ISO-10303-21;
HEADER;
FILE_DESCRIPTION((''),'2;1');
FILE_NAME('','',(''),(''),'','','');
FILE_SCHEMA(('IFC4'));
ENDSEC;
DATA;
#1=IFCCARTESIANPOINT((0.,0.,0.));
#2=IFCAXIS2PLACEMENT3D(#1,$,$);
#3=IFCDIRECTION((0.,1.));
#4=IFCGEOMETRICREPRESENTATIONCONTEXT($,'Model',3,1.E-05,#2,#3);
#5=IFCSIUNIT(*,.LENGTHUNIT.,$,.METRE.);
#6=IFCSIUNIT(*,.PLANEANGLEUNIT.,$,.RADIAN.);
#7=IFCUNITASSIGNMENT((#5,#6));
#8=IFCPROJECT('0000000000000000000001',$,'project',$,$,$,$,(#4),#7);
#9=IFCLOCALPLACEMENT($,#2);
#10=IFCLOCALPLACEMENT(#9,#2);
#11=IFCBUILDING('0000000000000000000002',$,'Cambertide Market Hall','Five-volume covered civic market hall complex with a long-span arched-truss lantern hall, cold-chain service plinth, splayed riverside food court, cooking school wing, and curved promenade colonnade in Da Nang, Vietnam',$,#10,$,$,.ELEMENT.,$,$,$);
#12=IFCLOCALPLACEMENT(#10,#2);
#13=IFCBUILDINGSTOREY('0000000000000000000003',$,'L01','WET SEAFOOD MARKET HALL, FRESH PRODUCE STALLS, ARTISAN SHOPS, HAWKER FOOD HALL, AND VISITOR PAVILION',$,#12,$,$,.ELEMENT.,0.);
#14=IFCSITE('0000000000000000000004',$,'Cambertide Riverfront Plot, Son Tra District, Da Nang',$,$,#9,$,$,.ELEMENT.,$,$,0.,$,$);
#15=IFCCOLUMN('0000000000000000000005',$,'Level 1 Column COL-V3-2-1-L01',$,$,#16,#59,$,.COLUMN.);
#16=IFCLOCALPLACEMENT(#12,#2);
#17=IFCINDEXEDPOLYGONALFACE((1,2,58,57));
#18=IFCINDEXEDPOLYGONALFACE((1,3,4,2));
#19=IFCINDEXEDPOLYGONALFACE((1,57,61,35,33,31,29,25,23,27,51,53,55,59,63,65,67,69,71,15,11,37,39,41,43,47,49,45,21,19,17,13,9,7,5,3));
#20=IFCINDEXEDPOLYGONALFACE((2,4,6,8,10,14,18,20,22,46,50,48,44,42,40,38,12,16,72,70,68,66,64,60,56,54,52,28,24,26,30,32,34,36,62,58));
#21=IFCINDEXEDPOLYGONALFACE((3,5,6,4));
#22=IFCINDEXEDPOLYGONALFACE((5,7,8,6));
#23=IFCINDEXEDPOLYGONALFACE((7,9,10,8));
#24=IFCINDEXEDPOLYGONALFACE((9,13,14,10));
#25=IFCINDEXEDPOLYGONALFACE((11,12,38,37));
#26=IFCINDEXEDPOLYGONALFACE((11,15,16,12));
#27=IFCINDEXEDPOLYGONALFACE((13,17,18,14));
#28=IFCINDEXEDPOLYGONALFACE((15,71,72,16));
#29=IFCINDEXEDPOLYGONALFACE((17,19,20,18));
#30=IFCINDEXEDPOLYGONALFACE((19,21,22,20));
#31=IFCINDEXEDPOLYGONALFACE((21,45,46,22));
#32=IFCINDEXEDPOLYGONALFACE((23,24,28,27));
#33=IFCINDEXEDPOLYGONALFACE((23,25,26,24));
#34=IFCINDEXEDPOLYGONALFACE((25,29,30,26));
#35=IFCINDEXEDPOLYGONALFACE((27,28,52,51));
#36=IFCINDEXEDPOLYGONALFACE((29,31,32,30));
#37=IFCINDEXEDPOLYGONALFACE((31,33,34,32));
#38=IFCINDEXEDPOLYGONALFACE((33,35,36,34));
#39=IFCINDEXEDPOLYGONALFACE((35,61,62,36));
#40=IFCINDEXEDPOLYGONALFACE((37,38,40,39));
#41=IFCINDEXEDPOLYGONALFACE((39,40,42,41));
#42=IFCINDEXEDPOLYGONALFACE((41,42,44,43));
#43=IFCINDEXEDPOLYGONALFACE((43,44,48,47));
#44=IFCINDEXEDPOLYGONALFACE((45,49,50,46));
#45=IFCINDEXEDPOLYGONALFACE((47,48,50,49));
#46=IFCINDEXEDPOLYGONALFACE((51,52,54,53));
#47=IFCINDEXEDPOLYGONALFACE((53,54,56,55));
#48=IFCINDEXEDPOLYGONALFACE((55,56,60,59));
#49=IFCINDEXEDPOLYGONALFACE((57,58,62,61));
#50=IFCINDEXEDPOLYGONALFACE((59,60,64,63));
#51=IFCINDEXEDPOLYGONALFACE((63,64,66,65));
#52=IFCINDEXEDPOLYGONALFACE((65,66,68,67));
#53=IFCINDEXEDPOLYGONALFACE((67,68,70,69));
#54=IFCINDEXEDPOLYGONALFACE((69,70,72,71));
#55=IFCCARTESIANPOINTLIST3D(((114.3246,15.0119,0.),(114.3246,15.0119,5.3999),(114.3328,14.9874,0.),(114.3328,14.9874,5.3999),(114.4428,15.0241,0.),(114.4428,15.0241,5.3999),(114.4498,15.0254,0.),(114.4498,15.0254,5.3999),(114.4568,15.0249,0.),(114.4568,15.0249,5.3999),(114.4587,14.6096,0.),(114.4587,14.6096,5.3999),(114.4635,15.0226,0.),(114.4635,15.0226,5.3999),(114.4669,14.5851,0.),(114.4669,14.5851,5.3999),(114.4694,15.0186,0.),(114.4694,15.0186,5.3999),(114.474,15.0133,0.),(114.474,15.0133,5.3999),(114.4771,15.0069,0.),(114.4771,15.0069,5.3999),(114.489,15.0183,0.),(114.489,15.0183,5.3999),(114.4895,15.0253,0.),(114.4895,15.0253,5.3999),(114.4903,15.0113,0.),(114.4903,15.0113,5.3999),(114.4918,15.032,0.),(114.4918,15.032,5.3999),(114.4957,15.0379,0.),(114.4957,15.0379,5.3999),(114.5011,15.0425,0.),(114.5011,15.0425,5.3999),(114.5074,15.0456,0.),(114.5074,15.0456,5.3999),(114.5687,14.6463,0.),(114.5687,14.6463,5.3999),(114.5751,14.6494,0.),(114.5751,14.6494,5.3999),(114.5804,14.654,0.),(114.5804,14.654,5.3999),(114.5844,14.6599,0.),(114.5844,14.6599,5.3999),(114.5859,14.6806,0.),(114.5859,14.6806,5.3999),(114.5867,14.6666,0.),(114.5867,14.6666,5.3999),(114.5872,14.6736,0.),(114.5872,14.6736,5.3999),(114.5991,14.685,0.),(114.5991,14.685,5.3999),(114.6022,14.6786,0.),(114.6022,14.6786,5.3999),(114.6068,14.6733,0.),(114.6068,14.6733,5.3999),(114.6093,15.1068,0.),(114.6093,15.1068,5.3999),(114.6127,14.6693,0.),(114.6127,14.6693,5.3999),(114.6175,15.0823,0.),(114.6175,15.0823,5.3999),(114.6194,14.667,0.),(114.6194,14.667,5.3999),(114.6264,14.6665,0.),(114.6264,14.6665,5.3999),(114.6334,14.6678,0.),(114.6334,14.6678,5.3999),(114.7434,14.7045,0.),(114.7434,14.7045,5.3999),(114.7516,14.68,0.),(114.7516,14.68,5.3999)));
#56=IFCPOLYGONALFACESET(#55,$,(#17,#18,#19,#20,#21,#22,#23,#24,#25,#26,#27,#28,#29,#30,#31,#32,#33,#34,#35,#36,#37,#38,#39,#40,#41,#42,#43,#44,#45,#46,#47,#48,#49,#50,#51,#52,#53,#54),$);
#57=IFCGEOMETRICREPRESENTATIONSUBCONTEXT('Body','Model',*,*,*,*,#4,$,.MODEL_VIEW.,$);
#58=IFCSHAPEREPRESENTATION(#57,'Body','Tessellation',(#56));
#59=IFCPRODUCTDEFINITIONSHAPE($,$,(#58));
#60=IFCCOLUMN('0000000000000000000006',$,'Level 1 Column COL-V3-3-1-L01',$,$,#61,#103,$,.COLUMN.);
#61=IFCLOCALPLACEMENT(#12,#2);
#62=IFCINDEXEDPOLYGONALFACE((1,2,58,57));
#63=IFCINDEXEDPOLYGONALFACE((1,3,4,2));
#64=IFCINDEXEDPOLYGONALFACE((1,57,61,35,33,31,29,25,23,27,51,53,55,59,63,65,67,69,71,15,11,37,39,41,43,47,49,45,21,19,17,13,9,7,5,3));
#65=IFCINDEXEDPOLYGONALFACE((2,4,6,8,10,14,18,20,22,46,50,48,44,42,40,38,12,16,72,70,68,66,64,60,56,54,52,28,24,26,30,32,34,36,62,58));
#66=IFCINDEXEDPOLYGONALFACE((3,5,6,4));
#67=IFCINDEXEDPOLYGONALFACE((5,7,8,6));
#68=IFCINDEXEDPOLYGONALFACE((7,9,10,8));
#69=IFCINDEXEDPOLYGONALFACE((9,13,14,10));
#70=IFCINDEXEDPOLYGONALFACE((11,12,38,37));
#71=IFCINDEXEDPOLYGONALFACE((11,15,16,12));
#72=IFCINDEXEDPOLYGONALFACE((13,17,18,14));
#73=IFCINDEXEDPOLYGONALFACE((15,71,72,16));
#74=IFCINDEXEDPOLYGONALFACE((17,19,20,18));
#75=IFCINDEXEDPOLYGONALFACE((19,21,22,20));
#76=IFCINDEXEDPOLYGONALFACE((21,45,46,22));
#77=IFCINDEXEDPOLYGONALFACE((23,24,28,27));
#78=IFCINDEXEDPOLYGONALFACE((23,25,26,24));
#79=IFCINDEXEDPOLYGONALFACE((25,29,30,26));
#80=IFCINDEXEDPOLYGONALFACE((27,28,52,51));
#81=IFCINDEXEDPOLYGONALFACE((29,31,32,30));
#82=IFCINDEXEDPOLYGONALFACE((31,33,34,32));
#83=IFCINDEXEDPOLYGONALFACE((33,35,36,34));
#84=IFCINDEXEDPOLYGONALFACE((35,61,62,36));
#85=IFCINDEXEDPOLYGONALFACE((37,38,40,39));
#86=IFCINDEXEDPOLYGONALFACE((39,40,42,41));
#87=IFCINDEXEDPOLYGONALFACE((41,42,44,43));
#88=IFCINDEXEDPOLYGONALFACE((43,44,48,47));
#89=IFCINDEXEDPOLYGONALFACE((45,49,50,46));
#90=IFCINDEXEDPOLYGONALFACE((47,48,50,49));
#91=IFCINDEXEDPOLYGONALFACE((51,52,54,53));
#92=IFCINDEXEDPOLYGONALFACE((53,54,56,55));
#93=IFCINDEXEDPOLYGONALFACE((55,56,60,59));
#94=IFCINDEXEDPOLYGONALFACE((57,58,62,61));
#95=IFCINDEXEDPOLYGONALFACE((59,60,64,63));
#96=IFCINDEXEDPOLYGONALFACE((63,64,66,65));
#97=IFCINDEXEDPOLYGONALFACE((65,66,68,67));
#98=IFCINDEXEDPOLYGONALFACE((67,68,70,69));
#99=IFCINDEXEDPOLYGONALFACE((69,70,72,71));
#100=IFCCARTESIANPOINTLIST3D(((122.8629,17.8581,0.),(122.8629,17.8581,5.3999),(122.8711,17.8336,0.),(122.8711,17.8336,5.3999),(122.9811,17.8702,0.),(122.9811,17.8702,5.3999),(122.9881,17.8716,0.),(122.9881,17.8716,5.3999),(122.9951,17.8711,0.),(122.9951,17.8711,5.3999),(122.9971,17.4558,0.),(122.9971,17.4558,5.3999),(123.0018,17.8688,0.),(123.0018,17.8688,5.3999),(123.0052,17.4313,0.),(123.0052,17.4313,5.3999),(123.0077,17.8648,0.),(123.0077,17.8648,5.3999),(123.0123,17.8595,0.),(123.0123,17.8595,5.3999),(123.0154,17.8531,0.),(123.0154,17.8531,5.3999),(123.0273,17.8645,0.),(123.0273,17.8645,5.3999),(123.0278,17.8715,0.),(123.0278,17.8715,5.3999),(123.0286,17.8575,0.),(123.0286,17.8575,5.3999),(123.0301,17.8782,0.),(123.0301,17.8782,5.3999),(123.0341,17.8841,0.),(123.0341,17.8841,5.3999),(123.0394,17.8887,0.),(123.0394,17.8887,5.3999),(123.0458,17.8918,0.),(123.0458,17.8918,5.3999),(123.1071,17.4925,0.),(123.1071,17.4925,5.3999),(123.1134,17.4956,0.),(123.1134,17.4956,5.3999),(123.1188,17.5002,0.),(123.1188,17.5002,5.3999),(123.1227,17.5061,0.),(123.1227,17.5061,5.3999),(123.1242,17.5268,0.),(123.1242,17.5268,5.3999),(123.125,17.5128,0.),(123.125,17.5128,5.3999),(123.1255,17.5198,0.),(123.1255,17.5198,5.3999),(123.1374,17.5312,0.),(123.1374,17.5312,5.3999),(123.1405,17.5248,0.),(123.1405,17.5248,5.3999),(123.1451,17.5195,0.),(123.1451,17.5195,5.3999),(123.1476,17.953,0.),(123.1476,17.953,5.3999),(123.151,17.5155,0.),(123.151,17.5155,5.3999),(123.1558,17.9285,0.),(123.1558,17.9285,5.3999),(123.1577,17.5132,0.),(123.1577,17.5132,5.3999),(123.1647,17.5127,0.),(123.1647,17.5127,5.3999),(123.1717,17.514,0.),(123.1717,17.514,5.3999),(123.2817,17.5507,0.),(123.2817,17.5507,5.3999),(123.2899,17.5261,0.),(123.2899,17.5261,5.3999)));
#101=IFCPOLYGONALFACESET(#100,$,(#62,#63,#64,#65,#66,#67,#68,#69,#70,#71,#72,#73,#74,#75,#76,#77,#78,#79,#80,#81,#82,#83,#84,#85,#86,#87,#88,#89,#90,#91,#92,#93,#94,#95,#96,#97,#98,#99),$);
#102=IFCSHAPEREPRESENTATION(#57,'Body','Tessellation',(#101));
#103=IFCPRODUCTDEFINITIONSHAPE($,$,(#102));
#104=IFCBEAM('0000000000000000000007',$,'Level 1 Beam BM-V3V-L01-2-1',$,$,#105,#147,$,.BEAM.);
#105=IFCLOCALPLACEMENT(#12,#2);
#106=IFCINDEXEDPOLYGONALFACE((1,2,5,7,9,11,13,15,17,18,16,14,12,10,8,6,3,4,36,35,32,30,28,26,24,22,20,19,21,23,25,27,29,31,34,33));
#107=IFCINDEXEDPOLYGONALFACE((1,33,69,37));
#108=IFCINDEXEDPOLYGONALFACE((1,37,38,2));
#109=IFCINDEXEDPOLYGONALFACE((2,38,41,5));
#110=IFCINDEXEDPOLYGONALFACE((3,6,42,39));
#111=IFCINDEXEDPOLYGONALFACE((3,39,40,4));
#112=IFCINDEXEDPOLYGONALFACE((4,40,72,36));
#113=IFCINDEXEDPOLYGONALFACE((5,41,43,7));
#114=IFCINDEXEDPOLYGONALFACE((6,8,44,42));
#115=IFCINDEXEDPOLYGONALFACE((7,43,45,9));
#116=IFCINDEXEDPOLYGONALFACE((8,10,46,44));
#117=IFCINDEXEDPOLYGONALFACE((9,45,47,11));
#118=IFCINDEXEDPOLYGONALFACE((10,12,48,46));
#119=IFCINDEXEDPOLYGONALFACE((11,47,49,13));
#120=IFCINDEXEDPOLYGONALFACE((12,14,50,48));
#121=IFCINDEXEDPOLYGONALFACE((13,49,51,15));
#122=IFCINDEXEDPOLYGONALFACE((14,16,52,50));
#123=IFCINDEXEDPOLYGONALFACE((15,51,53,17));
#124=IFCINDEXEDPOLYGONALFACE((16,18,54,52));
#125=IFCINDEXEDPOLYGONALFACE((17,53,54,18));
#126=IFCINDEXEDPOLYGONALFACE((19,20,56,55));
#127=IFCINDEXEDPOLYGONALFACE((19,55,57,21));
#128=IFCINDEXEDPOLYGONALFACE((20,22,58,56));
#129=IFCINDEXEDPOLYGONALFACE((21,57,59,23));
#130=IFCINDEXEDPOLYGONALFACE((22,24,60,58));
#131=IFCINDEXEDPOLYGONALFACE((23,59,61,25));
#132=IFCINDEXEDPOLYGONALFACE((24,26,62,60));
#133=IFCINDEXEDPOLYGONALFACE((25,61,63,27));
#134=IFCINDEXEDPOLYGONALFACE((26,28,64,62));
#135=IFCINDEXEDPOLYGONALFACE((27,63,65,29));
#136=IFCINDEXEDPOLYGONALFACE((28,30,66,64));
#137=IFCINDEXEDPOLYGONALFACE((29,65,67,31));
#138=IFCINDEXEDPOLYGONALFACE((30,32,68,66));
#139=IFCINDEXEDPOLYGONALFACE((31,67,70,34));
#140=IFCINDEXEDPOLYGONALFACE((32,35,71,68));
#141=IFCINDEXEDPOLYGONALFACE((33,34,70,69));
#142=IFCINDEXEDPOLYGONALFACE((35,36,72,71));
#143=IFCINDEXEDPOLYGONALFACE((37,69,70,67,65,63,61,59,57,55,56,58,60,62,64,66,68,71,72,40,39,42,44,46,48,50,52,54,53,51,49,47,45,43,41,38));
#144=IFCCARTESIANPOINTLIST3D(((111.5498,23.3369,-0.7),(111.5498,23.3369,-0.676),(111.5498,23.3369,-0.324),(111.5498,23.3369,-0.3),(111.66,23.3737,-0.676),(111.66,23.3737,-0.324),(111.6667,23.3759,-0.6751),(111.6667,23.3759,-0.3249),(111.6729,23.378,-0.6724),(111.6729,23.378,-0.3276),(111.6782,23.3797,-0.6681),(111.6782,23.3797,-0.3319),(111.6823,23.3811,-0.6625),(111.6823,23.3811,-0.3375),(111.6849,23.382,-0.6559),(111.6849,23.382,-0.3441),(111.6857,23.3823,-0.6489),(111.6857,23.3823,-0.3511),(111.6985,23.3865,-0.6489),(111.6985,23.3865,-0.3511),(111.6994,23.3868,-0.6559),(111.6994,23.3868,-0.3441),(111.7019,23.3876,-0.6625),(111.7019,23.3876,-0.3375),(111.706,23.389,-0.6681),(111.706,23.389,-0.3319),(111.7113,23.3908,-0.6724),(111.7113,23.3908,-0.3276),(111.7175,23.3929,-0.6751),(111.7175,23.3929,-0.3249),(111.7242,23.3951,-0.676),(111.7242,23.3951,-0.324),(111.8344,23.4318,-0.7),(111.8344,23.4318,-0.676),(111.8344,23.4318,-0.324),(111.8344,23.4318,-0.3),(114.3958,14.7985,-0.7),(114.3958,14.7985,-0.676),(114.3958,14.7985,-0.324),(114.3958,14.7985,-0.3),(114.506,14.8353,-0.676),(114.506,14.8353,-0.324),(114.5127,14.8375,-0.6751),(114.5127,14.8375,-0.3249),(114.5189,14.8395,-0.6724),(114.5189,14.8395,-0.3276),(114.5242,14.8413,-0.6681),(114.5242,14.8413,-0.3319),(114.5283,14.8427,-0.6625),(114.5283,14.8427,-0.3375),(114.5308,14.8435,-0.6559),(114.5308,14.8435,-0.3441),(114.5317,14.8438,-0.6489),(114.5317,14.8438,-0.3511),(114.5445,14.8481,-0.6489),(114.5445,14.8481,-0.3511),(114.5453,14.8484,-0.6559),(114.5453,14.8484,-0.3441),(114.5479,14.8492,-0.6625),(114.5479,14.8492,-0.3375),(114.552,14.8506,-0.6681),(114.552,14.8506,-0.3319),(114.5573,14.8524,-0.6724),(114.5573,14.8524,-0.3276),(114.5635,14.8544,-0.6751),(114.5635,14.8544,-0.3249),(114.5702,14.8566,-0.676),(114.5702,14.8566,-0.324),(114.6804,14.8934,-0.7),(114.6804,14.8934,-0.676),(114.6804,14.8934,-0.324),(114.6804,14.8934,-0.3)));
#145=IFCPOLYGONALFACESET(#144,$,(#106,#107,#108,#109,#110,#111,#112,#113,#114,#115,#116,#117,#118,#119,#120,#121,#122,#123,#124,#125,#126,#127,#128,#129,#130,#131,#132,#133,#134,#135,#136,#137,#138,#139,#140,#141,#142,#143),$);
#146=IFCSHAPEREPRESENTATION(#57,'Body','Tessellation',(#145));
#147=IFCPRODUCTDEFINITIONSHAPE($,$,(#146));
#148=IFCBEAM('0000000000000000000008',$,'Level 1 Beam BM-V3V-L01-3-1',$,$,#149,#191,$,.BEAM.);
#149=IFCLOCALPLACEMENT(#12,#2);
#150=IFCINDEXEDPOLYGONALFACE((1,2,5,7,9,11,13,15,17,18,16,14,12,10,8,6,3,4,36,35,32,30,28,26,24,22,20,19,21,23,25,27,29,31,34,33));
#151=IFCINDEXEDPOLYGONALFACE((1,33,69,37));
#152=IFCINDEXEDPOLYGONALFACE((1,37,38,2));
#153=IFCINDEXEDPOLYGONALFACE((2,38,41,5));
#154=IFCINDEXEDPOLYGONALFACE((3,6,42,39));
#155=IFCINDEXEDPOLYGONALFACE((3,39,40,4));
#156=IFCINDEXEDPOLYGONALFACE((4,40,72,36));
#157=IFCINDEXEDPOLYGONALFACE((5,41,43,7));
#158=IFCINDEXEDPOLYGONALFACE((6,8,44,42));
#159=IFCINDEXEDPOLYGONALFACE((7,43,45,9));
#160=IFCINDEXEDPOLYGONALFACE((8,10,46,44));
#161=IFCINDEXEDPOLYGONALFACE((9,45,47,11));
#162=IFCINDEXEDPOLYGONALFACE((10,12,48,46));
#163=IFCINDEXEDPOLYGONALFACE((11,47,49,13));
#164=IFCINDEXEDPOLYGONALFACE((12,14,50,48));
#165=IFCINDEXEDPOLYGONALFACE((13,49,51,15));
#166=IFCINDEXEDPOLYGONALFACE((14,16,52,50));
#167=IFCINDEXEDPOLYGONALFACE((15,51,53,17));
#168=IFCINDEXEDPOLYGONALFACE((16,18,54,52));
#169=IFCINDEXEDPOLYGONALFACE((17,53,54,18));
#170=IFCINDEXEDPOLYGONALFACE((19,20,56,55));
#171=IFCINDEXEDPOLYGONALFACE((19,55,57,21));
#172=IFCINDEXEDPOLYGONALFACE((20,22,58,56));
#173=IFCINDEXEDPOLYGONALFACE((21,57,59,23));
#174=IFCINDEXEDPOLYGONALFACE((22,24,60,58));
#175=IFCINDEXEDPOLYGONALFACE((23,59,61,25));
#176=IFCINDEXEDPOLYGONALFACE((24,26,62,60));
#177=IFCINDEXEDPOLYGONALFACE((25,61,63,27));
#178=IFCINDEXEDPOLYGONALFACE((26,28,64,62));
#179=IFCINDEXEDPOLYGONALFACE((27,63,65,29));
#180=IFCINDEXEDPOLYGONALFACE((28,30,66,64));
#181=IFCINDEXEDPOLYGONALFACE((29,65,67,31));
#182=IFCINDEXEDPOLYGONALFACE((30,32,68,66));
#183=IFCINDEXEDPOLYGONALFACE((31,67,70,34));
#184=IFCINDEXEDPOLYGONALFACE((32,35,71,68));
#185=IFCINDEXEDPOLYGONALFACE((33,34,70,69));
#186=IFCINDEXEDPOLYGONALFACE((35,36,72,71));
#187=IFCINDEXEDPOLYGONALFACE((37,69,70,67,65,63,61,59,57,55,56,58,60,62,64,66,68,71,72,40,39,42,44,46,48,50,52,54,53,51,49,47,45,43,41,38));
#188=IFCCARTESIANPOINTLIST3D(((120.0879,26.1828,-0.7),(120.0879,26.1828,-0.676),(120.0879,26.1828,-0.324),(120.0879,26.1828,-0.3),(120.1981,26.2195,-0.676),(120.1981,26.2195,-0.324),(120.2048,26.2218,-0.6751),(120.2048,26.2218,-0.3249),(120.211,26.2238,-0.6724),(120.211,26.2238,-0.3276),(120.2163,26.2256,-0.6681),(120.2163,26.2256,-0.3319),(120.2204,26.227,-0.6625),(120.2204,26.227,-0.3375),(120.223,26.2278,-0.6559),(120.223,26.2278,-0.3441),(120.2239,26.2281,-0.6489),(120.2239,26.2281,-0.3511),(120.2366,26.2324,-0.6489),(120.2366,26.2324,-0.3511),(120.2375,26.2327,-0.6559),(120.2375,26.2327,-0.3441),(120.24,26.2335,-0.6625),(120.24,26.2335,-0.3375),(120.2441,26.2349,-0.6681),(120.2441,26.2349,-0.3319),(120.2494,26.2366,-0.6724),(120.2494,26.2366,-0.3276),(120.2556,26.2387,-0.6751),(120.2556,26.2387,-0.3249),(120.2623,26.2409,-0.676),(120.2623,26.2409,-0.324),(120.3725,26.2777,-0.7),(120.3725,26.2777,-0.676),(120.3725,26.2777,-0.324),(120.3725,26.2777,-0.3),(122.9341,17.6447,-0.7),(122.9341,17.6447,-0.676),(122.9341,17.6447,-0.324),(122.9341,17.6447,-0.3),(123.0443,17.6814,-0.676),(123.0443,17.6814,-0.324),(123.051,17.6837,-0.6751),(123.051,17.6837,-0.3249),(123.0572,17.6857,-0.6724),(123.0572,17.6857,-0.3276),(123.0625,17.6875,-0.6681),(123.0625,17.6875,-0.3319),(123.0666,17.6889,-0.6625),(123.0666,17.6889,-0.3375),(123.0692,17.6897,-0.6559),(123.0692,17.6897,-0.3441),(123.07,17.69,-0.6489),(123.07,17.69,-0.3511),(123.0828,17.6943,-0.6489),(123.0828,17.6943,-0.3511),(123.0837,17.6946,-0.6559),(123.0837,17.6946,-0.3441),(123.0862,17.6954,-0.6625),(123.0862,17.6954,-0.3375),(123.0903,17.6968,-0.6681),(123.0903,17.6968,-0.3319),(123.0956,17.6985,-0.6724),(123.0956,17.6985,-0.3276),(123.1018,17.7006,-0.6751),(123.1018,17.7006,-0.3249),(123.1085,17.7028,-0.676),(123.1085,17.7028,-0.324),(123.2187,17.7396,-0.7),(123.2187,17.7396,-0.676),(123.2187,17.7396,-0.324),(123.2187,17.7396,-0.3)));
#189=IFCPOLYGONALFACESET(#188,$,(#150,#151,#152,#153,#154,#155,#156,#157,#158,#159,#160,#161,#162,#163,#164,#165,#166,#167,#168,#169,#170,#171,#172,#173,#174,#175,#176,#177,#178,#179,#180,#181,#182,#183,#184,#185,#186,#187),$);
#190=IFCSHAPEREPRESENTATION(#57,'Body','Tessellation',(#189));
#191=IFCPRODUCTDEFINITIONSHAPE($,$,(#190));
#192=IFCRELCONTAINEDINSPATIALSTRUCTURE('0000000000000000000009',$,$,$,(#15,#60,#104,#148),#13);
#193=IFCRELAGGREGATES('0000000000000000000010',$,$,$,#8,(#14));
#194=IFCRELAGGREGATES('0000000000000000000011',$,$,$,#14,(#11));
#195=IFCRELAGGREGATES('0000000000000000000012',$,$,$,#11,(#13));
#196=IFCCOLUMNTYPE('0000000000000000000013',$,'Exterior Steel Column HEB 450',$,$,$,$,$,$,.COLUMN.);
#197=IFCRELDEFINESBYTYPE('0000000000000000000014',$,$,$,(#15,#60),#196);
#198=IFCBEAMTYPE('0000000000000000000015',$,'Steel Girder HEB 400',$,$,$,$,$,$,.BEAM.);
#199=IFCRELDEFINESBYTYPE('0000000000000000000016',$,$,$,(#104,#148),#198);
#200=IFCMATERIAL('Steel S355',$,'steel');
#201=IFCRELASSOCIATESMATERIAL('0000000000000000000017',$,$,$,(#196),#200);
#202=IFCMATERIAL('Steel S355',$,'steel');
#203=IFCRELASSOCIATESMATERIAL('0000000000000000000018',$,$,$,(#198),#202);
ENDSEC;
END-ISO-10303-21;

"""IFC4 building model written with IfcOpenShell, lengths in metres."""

from ifc_helpers import new_model, si_unit, direction, frame, origin, origin_2d, place, context, subcontext, project, spatial, i_section, extrude, material, material_profile, profile_set, type_object, element, save


model = new_model("IFC4")

# Units and contexts
model_context = context("Model", 3, precision=1e-05, world=origin(), true_north=direction((0.0, 1.0)))
body_context = subcontext(model_context, "Body", "Model", "MODEL_VIEW")
ifc_project = project(units=[si_unit("LENGTHUNIT", "METRE"), si_unit("PLANEANGLEUNIT", "RADIAN")], contexts=[model_context])

# Site, building, storey
site_placement = place(None, origin())
site = spatial("IfcSite", under=ifc_project, at=site_placement, Name="Cambertide Riverfront Plot, Son Tra District, Da Nang", CompositionType="ELEMENT", RefElevation=0.0)
building_placement = place(site_placement, origin())
building = spatial("IfcBuilding", under=site, at=building_placement, Name="Cambertide Market Hall", Description="Five-volume covered civic market hall complex with a long-span arched-truss lantern hall, cold-chain service plinth, splayed riverside food court, cooking school wing, and curved promenade colonnade in Da Nang, Vietnam", CompositionType="ELEMENT")
storey_placement = place(building_placement, origin())
storey = spatial("IfcBuildingStorey", under=building, at=storey_placement, Name="L01", Description="WET SEAFOOD MARKET HALL, FRESH PRODUCE STALLS, ARTISAN SHOPS, HAWKER FOOD HALL, AND VISITOR PAVILION", CompositionType="ELEMENT", Elevation=0.0)

# Columns
ifc_material_1 = material(Name="Steel S355", Category="steel")
ifc_material_profile_1 = material_profile(ifc_material_1, i_section(OverallWidth=0.3, OverallDepth=0.45, WebThickness=0.0139, FlangeThickness=0.0259, FilletRadius=0.0271, at=origin_2d()), Name="HEB 450")
ifc_profile_set_1 = profile_set([ifc_material_profile_1], Name="Steel S355")
column_type = type_object("IfcColumnType", Name="Exterior Steel Column HEB 450", PredefinedType="COLUMN", material=ifc_profile_set_1)
for number, where, z_axis, x_axis, name in (
    (1, (114.5381, 14.8459, 0.0), (0.0, 0.0, 1.0), (0.948683, 0.316228, 0.0), "Level 1 Column COL-V3-2-1-L01"),
    (2, (123.0764, 17.6921, 0.0), (0.0, 0.0, 1.0), (0.948683, 0.316228, 0.0), "Level 1 Column COL-V3-3-1-L01"),
):
    element("IfcColumn", number, at=place(storey_placement, frame(where, z_axis=z_axis, x_axis=x_axis)), inside=storey, type_object=column_type, Name=name, PredefinedType="COLUMN", context=body_context, shape_type="SweptSolid", body=[
        extrude(i_section(OverallWidth=0.3, OverallDepth=0.45, WebThickness=0.0139, FlangeThickness=0.0259, FilletRadius=0.0271, at=origin_2d()), origin(), (0.0, 0.0, 1.0), 5.3999),
    ])

# Beams
ifc_material_2 = material(Name="Steel S355", Category="steel")
ifc_material_profile_2 = material_profile(ifc_material_2, i_section(OverallWidth=0.3, OverallDepth=0.3999, WebThickness=0.0134, FlangeThickness=0.0239, FilletRadius=0.0271, at=origin_2d()), Name="HEB 400")
ifc_profile_set_2 = profile_set([ifc_material_profile_2], Name="Steel S355")
beam_type_1 = type_object("IfcBeamType", Name="Steel Girder HEB 400", PredefinedType="BEAM", material=ifc_profile_set_2)
beam_1_placement = place(storey_placement, frame((114.5381, 14.8459, -0.5), z_axis=(-0.316211, 0.948689, 0.0), x_axis=(-0.948689, -0.316211, 0.0)))
element("IfcBeam", 3, at=beam_1_placement, inside=storey, type_object=beam_type_1, Name="Level 1 Beam BM-V3V-L01-2-1", PredefinedType="BEAM", context=body_context, shape_type="SweptSolid", body=[
    extrude(i_section(OverallWidth=0.3, OverallDepth=0.3999, WebThickness=0.0134, FlangeThickness=0.0239, FilletRadius=0.0271, at=origin_2d()), origin(), (0.0, 0.0, 1.0), 9.0002),
])
beam_2_placement = place(storey_placement, frame((123.0764, 17.6921, -0.5), z_axis=(-0.316244, 0.948678, 0.0), x_axis=(-0.948678, -0.316244, 0.0)))
element("IfcBeam", 4, at=beam_2_placement, inside=storey, type_object=beam_type_1, Name="Level 1 Beam BM-V3V-L01-3-1", PredefinedType="BEAM", context=body_context, shape_type="SweptSolid", body=[
    extrude(i_section(OverallWidth=0.3, OverallDepth=0.3999, WebThickness=0.0134, FlangeThickness=0.0239, FilletRadius=0.0271, at=origin_2d()), origin(), (0.0, 0.0, 1.0), 9.0),
])

save(model, "model.ifc")
